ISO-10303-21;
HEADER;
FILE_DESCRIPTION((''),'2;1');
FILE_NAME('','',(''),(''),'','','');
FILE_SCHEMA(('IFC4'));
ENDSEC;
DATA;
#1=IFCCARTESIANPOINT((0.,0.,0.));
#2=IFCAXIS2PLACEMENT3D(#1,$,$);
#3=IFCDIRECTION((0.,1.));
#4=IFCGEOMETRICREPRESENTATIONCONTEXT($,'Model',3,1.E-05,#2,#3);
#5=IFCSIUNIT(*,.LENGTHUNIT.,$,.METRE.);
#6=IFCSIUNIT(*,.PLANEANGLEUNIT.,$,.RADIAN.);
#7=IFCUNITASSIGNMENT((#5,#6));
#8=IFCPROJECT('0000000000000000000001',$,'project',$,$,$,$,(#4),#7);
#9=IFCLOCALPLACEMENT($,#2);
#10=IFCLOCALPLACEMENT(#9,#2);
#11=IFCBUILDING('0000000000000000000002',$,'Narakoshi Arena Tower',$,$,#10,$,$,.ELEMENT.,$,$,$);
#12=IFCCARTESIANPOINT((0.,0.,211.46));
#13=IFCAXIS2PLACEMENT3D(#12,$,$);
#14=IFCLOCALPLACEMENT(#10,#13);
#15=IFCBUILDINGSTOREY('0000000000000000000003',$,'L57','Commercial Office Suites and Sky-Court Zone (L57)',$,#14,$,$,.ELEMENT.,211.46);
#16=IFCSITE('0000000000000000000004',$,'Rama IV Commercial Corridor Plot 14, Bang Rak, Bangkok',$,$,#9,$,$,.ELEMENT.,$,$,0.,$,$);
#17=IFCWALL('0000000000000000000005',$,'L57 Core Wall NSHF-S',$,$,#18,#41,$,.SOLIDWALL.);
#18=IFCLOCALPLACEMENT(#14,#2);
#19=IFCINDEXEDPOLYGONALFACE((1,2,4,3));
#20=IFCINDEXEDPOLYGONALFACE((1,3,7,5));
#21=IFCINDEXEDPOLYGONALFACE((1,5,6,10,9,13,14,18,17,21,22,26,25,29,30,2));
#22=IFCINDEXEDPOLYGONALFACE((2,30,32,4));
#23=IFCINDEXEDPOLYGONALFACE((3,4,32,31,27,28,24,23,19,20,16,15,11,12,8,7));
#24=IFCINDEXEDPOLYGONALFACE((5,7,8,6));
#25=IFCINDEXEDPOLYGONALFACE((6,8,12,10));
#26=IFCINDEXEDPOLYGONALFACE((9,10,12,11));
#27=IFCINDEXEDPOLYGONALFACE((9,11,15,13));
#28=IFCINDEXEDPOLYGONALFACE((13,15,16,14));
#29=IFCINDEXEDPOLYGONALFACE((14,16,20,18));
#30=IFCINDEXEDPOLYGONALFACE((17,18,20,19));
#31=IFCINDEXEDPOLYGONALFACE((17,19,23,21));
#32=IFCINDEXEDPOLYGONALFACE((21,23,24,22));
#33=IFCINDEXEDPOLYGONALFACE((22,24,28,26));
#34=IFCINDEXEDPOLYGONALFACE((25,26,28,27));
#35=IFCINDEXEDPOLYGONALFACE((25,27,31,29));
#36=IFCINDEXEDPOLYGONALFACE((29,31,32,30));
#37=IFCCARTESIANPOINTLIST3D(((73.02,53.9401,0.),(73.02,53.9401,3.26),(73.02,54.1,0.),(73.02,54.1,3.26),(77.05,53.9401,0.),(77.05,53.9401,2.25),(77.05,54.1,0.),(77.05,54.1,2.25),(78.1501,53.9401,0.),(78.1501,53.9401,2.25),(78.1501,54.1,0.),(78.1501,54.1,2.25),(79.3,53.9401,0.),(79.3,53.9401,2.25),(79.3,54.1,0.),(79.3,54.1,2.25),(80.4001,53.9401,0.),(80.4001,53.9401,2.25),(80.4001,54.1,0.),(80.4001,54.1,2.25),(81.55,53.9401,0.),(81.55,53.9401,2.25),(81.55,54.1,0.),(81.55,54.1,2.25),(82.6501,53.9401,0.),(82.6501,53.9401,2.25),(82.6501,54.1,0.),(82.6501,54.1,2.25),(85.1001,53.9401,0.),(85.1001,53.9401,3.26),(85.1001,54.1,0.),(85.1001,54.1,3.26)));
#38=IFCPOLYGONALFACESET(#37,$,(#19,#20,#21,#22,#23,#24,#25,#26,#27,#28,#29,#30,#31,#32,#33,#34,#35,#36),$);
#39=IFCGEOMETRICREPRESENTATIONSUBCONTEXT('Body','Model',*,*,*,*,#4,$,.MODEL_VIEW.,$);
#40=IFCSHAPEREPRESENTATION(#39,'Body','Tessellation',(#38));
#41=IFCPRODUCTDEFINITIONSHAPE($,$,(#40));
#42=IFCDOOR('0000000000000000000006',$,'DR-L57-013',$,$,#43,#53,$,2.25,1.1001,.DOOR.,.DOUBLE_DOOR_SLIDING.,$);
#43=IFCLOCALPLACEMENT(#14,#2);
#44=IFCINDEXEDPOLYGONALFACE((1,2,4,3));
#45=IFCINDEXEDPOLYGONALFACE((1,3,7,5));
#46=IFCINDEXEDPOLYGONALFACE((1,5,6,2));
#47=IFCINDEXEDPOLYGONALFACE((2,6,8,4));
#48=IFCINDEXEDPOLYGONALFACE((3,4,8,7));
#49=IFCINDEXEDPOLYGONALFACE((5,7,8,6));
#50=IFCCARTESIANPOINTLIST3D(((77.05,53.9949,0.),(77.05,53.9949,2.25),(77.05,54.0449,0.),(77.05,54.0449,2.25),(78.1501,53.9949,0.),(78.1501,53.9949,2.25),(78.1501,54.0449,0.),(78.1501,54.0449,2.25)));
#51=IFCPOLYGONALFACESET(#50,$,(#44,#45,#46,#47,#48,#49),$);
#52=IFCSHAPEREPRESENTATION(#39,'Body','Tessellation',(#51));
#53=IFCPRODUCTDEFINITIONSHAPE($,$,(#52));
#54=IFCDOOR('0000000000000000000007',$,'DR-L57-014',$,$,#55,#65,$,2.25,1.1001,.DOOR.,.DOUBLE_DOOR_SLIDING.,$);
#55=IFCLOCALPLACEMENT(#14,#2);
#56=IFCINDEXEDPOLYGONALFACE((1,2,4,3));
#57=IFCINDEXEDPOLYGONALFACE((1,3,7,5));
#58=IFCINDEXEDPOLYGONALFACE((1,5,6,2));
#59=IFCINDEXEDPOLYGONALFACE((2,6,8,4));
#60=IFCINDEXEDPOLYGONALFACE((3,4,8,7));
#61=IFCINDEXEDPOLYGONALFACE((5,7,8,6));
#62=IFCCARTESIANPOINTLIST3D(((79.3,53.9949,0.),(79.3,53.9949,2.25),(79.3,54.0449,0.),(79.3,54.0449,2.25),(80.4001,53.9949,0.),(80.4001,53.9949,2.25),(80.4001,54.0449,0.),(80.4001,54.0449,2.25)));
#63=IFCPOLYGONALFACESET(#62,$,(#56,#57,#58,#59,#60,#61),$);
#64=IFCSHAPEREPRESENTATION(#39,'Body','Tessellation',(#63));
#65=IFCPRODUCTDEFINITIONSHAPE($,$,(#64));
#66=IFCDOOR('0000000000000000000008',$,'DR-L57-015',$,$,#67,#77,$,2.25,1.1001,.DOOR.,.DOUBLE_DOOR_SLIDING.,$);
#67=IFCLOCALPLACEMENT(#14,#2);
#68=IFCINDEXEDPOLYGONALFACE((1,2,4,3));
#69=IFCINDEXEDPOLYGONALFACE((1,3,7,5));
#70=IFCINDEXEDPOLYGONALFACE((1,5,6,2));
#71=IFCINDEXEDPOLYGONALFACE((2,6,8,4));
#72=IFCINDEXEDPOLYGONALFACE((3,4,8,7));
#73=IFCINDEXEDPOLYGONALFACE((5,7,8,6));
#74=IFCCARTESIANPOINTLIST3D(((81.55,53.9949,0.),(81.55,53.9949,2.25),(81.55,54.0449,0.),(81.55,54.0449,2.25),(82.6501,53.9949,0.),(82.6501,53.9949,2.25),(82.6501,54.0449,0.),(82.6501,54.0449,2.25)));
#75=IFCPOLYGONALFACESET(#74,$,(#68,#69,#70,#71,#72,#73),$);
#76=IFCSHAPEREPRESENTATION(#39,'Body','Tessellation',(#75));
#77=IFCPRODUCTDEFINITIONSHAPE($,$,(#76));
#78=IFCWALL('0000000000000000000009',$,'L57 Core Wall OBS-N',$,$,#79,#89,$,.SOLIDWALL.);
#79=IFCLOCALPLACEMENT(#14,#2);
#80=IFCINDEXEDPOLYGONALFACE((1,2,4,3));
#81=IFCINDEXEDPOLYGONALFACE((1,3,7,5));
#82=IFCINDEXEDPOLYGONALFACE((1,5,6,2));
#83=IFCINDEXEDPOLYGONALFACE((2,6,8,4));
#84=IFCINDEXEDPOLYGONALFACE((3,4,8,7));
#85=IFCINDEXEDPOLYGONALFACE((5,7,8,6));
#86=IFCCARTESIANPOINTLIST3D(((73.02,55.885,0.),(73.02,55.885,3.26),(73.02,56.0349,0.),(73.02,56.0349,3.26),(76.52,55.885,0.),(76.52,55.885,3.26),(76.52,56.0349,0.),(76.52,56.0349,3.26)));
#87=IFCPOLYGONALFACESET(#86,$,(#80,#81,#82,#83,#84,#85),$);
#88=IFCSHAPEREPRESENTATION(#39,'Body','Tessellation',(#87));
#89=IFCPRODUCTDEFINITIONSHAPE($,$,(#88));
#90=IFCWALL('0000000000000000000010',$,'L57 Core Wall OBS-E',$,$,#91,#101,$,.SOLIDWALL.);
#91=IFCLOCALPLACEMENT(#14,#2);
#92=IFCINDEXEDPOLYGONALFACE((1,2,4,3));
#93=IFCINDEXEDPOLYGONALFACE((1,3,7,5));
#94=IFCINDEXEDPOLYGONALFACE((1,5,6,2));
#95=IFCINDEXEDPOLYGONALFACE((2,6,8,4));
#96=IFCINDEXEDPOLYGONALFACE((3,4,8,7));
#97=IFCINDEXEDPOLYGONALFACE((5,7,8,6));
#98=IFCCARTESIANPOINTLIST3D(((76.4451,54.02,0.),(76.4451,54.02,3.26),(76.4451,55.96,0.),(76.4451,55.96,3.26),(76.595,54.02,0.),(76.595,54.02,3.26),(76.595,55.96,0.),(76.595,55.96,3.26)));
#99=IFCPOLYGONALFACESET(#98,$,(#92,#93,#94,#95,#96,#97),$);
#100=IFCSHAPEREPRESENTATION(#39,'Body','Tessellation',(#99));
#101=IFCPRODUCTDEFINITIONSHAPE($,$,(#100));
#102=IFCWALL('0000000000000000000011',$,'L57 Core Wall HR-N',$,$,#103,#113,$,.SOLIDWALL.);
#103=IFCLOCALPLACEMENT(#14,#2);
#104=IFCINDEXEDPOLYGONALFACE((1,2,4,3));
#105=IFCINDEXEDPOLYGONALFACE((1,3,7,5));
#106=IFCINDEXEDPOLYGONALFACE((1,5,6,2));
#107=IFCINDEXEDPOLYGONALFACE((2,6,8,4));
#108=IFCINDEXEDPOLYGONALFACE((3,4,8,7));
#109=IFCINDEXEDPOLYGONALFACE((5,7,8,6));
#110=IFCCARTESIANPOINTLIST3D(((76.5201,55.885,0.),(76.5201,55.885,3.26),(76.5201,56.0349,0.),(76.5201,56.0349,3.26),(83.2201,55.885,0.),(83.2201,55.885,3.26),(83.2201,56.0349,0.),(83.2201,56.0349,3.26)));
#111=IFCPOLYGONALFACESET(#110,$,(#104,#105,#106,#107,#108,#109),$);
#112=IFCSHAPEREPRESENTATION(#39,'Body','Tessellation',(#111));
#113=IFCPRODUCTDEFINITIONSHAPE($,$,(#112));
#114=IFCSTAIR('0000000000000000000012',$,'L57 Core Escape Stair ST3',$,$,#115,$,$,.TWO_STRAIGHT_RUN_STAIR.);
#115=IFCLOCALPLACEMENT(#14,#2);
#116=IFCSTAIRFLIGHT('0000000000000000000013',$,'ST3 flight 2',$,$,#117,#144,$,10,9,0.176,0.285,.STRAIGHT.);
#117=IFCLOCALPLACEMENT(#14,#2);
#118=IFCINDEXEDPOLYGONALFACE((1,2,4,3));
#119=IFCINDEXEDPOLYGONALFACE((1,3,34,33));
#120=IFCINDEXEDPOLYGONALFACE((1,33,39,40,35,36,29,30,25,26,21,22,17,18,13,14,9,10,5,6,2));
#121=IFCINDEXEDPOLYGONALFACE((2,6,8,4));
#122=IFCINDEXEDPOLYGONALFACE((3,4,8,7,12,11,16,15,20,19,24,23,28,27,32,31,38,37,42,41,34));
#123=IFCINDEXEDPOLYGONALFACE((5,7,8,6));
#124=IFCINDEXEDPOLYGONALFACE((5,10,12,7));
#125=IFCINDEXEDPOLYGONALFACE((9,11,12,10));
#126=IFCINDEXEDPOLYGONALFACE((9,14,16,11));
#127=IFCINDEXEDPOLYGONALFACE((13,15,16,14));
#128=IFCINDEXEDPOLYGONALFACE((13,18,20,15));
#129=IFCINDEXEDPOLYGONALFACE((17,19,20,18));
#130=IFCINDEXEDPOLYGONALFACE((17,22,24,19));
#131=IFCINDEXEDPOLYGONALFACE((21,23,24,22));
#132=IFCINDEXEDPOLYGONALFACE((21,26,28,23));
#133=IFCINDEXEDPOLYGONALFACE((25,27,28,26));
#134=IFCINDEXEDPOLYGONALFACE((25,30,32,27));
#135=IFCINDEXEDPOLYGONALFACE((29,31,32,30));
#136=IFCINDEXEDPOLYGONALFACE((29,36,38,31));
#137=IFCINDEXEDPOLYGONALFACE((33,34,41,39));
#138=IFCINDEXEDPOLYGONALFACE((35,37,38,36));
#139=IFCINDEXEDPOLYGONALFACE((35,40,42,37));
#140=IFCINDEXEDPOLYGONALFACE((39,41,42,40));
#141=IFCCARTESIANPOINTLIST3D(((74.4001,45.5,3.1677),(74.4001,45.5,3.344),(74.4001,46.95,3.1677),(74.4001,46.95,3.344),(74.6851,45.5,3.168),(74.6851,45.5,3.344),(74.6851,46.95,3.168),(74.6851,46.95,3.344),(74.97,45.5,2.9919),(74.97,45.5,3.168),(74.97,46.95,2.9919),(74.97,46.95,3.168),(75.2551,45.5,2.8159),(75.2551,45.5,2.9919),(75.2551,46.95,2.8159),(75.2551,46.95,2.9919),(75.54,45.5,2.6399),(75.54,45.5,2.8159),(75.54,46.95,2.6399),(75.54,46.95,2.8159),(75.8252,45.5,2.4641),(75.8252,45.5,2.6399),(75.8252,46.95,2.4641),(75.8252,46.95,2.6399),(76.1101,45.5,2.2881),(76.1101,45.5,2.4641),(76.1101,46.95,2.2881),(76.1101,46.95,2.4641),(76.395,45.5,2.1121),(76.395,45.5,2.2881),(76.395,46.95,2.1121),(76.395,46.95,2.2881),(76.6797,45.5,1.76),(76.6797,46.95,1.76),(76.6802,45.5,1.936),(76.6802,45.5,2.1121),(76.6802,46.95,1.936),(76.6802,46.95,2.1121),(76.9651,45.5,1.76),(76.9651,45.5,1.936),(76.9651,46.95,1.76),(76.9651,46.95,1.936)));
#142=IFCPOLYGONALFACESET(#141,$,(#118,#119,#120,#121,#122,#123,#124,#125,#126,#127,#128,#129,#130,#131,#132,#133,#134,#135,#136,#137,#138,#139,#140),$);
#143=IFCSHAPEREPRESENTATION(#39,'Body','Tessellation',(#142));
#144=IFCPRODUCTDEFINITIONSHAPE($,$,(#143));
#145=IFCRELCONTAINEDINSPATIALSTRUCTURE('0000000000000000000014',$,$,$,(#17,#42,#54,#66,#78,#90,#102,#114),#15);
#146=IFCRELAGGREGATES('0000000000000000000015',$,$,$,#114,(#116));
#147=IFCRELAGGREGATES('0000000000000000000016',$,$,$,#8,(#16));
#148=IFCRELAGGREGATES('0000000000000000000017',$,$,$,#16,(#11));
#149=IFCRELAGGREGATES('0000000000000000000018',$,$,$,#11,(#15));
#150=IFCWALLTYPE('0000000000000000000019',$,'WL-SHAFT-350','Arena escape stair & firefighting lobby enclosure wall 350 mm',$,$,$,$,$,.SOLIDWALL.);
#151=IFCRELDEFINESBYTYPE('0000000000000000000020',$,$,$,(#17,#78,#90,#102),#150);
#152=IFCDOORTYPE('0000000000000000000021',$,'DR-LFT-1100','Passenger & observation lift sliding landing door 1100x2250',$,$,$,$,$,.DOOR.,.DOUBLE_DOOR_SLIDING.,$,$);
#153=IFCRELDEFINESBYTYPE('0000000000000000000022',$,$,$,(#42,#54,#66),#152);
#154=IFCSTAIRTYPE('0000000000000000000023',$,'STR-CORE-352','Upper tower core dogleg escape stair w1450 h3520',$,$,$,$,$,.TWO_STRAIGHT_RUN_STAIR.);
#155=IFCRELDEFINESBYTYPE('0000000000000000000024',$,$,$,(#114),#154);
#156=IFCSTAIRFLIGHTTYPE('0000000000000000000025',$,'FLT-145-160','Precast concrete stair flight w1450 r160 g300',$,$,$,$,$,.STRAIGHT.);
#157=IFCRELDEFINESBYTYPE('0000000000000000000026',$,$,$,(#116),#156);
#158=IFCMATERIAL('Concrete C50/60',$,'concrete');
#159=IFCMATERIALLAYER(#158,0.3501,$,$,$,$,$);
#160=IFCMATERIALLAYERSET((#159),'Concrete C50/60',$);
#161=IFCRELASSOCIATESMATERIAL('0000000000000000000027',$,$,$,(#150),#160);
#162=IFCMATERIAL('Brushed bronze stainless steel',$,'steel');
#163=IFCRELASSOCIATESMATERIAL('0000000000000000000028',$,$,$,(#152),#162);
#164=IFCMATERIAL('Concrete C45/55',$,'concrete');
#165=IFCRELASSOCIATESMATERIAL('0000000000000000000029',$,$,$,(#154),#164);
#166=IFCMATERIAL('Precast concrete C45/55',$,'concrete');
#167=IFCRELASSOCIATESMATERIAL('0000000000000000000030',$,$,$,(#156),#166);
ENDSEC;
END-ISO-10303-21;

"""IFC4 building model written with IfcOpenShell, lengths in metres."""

from ifc_helpers import new_model, si_unit, direction, frame, frame_2d, origin, place, context, subcontext, project, spatial, polyline, rectangle, outline, extrude, material, layer, layer_set, type_object, element, fill, aggregate, save


model = new_model("IFC4")

# Units and contexts
model_context = context("Model", 3, precision=1e-05, world=origin(), true_north=direction((0.0, 1.0)))
body_context = subcontext(model_context, "Body", "Model", "MODEL_VIEW")
ifc_project = project(units=[si_unit("LENGTHUNIT", "METRE"), si_unit("PLANEANGLEUNIT", "RADIAN")], contexts=[model_context])

# Site, building, storey
site_placement = place(None, origin())
site = spatial("IfcSite", under=ifc_project, at=site_placement, Name="Rama IV Commercial Corridor Plot 14, Bang Rak, Bangkok", CompositionType="ELEMENT", RefElevation=0.0)
building_placement = place(site_placement, origin())
building = spatial("IfcBuilding", under=site, at=building_placement, Name="Narakoshi Arena Tower", CompositionType="ELEMENT")
storey_placement = place(building_placement, frame((0.0, 0.0, 211.46)))
storey = spatial("IfcBuildingStorey", under=building, at=storey_placement, Name="L57", Description="Commercial Office Suites and Sky-Court Zone (L57)", CompositionType="ELEMENT", Elevation=211.46)

# Shared definitions
ifc_material_1 = material(Name="Concrete C50/60", Category="concrete")
ifc_layer_1 = layer(ifc_material_1, 0.3501)
ifc_layer_set_1 = layer_set([ifc_layer_1], Name="Concrete C50/60")
wall_type_1 = type_object("IfcWallType", Name="WL-SHAFT-350", Description="Arena escape stair & firefighting lobby enclosure wall 350 mm", PredefinedType="SOLIDWALL", material=ifc_layer_set_1)

# Wall, openings, doors
wall_1_placement = place(storey_placement, frame((73.02, 54.02, 0.0), z_axis=(0.0, 0.0, 1.0), x_axis=(1.0, 0.0, 0.0)))
wall_1 = element("IfcWall", 1, at=wall_1_placement, inside=storey, type_object=wall_type_1, Name="L57 Core Wall NSHF-S", PredefinedType="SOLIDWALL", context=body_context, shape_type="SweptSolid", body=[
    extrude(rectangle(XDim=12.0801, YDim=0.1599, at=frame_2d((6.04, 0.0))), origin(), (0.0, 0.0, 1.0), 3.26),
])
opening_1_placement = place(wall_1_placement, frame((4.03, 0.0, 0.0)))
opening_1 = element("IfcOpeningElement", 2, at=opening_1_placement, cuts=wall_1, PredefinedType="OPENING", context=body_context, shape_type="SweptSolid", body=[
    extrude(rectangle(XDim=1.1001, YDim=2.25, at=frame_2d((0.55, 1.125))), frame((0.0, 0.0898, 0.0), z_axis=(0.0, -1.0, 0.0), x_axis=(1.0, 0.0, 0.0)), (0.0, 0.0, 1.0), 0.1799),
])
opening_2_placement = place(wall_1_placement, frame((6.28, 0.0, 0.0)))
opening_2 = element("IfcOpeningElement", 3, at=opening_2_placement, cuts=wall_1, PredefinedType="OPENING", context=body_context, shape_type="SweptSolid", body=[
    extrude(rectangle(XDim=1.1001, YDim=2.25, at=frame_2d((0.55, 1.125))), frame((0.0, 0.0898, 0.0), z_axis=(0.0, -1.0, 0.0), x_axis=(1.0, 0.0, 0.0)), (0.0, 0.0, 1.0), 0.1799),
])
opening_3_placement = place(wall_1_placement, frame((8.53, 0.0, 0.0)))
opening_3 = element("IfcOpeningElement", 4, at=opening_3_placement, cuts=wall_1, PredefinedType="OPENING", context=body_context, shape_type="SweptSolid", body=[
    extrude(rectangle(XDim=1.1001, YDim=2.25, at=frame_2d((0.55, 1.125))), frame((0.0, 0.0898, 0.0), z_axis=(0.0, -1.0, 0.0), x_axis=(1.0, 0.0, 0.0)), (0.0, 0.0, 1.0), 0.1799),
])
ifc_material_2 = material(Name="Brushed bronze stainless steel", Category="steel")
door_type_1 = type_object("IfcDoorType", Name="DR-LFT-1100", Description="Passenger & observation lift sliding landing door 1100x2250", OperationType="DOUBLE_DOOR_SLIDING", PredefinedType="DOOR", material=ifc_material_2)
door_1_placement = place(opening_1_placement, origin())
door_1 = element("IfcDoor", 5, at=door_1_placement, inside=storey, type_object=door_type_1, Name="DR-L57-013", OperationType="DOUBLE_DOOR_SLIDING", OverallHeight=2.25, OverallWidth=1.1001, PredefinedType="DOOR", context=body_context, shape_type="SweptSolid", body=[
    extrude(rectangle(XDim=1.1001, YDim=2.25, at=frame_2d((0.55, 1.125))), frame((0.0, 0.0249, 0.0), z_axis=(0.0, -1.0, 0.0), x_axis=(1.0, 0.0, 0.0)), (0.0, 0.0, 1.0), 0.05),
])
fill(opening_1, door_1)
door_2_placement = place(opening_2_placement, origin())
door_2 = element("IfcDoor", 6, at=door_2_placement, inside=storey, type_object=door_type_1, Name="DR-L57-014", OperationType="DOUBLE_DOOR_SLIDING", OverallHeight=2.25, OverallWidth=1.1001, PredefinedType="DOOR", context=body_context, shape_type="SweptSolid", body=[
    extrude(rectangle(XDim=1.1001, YDim=2.25, at=frame_2d((0.55, 1.125))), frame((0.0, 0.0249, 0.0), z_axis=(0.0, -1.0, 0.0), x_axis=(1.0, 0.0, 0.0)), (0.0, 0.0, 1.0), 0.05),
])
fill(opening_2, door_2)
door_3_placement = place(opening_3_placement, origin())
door_3 = element("IfcDoor", 7, at=door_3_placement, inside=storey, type_object=door_type_1, Name="DR-L57-015", OperationType="DOUBLE_DOOR_SLIDING", OverallHeight=2.25, OverallWidth=1.1001, PredefinedType="DOOR", context=body_context, shape_type="SweptSolid", body=[
    extrude(rectangle(XDim=1.1001, YDim=2.25, at=frame_2d((0.55, 1.125))), frame((0.0, 0.0249, 0.0), z_axis=(0.0, -1.0, 0.0), x_axis=(1.0, 0.0, 0.0)), (0.0, 0.0, 1.0), 0.05),
])
fill(opening_3, door_3)

# Walls
wall_2_placement = place(storey_placement, frame((73.02, 55.96, 0.0), z_axis=(0.0, 0.0, 1.0), x_axis=(1.0, 0.0, 0.0)))
element("IfcWall", 8, at=wall_2_placement, inside=storey, type_object=wall_type_1, Name="L57 Core Wall OBS-N", PredefinedType="SOLIDWALL", context=body_context, shape_type="SweptSolid", body=[
    extrude(rectangle(XDim=3.5, YDim=0.1499, at=frame_2d((1.75, 0.0))), origin(), (0.0, 0.0, 1.0), 3.26),
])
wall_3_placement = place(storey_placement, frame((76.52, 54.02, 0.0), z_axis=(0.0, 0.0, 1.0), x_axis=(0.0, 1.0, 0.0)))
element("IfcWall", 9, at=wall_3_placement, inside=storey, type_object=wall_type_1, Name="L57 Core Wall OBS-E", PredefinedType="SOLIDWALL", context=body_context, shape_type="SweptSolid", body=[
    extrude(rectangle(XDim=1.9399, YDim=0.1499, at=frame_2d((0.97, 0.0))), origin(), (0.0, 0.0, 1.0), 3.26),
])
wall_4_placement = place(storey_placement, frame((76.52, 55.96, 0.0), z_axis=(0.0, 0.0, 1.0), x_axis=(1.0, 0.0, 0.0)))
element("IfcWall", 10, at=wall_4_placement, inside=storey, type_object=wall_type_1, Name="L57 Core Wall HR-N", PredefinedType="SOLIDWALL", context=body_context, shape_type="SweptSolid", body=[
    extrude(rectangle(XDim=6.7, YDim=0.1499, at=frame_2d((3.3501, 0.0))), origin(), (0.0, 0.0, 1.0), 3.26),
])

# Stair, stair flight
ifc_material_3 = material(Name="Concrete C45/55", Category="concrete")
stair_type = type_object("IfcStairType", Name="STR-CORE-352", Description="Upper tower core dogleg escape stair w1450 h3520", PredefinedType="TWO_STRAIGHT_RUN_STAIR", material=ifc_material_3)
stair_placement = place(storey_placement, origin())
stair = element("IfcStair", 11, at=stair_placement, inside=storey, type_object=stair_type, Name="L57 Core Escape Stair ST3", PredefinedType="TWO_STRAIGHT_RUN_STAIR")
ifc_material_4 = material(Name="Precast concrete C45/55", Category="concrete")
stair_flight_type = type_object("IfcStairFlightType", Name="FLT-145-160", Description="Precast concrete stair flight w1450 r160 g300", PredefinedType="STRAIGHT", material=ifc_material_4)
stair_flight_placement = place(storey_placement, frame((76.9651, 46.2251, 1.76), z_axis=(0.0, 0.0, 1.0), x_axis=(-1.0, 0.0, 0.0)))
stair_flight = element("IfcStairFlight", 12, at=stair_flight_placement, type_object=stair_flight_type, Name="ST3 flight 2", NumberOfRisers=10, NumberOfTreads=9, PredefinedType="STRAIGHT", RiserHeight=0.176, TreadLength=0.285, context=body_context, shape_type="SweptSolid", body=[
    extrude(outline(polyline([(0.0, 0.0), (0.0, 0.176), (0.2849, 0.176), (0.2849, 0.3521), (0.5701, 0.3521), (0.5701, 0.5281), (0.855, 0.5281), (0.855, 0.7041), (1.1399, 0.7041), (1.1399, 0.8799), (1.425, 0.8799), (1.425, 1.0559), (1.71, 1.0559), (1.71, 1.2319), (1.9951, 1.2319), (1.9951, 1.408), (2.28, 1.408), (2.28, 1.584), (2.5649, 1.584), (2.5649, 1.76), (2.5649, 1.4077), (0.2854, 0.0), (0.0, 0.0)])), frame((0.0, 0.7251, 0.0), z_axis=(0.0, -1.0, 0.0), x_axis=(1.0, 0.0, 0.0)), (0.0, 0.0, 1.0), 1.45),
])
aggregate(stair, [stair_flight])

save(model, "model.ifc")
